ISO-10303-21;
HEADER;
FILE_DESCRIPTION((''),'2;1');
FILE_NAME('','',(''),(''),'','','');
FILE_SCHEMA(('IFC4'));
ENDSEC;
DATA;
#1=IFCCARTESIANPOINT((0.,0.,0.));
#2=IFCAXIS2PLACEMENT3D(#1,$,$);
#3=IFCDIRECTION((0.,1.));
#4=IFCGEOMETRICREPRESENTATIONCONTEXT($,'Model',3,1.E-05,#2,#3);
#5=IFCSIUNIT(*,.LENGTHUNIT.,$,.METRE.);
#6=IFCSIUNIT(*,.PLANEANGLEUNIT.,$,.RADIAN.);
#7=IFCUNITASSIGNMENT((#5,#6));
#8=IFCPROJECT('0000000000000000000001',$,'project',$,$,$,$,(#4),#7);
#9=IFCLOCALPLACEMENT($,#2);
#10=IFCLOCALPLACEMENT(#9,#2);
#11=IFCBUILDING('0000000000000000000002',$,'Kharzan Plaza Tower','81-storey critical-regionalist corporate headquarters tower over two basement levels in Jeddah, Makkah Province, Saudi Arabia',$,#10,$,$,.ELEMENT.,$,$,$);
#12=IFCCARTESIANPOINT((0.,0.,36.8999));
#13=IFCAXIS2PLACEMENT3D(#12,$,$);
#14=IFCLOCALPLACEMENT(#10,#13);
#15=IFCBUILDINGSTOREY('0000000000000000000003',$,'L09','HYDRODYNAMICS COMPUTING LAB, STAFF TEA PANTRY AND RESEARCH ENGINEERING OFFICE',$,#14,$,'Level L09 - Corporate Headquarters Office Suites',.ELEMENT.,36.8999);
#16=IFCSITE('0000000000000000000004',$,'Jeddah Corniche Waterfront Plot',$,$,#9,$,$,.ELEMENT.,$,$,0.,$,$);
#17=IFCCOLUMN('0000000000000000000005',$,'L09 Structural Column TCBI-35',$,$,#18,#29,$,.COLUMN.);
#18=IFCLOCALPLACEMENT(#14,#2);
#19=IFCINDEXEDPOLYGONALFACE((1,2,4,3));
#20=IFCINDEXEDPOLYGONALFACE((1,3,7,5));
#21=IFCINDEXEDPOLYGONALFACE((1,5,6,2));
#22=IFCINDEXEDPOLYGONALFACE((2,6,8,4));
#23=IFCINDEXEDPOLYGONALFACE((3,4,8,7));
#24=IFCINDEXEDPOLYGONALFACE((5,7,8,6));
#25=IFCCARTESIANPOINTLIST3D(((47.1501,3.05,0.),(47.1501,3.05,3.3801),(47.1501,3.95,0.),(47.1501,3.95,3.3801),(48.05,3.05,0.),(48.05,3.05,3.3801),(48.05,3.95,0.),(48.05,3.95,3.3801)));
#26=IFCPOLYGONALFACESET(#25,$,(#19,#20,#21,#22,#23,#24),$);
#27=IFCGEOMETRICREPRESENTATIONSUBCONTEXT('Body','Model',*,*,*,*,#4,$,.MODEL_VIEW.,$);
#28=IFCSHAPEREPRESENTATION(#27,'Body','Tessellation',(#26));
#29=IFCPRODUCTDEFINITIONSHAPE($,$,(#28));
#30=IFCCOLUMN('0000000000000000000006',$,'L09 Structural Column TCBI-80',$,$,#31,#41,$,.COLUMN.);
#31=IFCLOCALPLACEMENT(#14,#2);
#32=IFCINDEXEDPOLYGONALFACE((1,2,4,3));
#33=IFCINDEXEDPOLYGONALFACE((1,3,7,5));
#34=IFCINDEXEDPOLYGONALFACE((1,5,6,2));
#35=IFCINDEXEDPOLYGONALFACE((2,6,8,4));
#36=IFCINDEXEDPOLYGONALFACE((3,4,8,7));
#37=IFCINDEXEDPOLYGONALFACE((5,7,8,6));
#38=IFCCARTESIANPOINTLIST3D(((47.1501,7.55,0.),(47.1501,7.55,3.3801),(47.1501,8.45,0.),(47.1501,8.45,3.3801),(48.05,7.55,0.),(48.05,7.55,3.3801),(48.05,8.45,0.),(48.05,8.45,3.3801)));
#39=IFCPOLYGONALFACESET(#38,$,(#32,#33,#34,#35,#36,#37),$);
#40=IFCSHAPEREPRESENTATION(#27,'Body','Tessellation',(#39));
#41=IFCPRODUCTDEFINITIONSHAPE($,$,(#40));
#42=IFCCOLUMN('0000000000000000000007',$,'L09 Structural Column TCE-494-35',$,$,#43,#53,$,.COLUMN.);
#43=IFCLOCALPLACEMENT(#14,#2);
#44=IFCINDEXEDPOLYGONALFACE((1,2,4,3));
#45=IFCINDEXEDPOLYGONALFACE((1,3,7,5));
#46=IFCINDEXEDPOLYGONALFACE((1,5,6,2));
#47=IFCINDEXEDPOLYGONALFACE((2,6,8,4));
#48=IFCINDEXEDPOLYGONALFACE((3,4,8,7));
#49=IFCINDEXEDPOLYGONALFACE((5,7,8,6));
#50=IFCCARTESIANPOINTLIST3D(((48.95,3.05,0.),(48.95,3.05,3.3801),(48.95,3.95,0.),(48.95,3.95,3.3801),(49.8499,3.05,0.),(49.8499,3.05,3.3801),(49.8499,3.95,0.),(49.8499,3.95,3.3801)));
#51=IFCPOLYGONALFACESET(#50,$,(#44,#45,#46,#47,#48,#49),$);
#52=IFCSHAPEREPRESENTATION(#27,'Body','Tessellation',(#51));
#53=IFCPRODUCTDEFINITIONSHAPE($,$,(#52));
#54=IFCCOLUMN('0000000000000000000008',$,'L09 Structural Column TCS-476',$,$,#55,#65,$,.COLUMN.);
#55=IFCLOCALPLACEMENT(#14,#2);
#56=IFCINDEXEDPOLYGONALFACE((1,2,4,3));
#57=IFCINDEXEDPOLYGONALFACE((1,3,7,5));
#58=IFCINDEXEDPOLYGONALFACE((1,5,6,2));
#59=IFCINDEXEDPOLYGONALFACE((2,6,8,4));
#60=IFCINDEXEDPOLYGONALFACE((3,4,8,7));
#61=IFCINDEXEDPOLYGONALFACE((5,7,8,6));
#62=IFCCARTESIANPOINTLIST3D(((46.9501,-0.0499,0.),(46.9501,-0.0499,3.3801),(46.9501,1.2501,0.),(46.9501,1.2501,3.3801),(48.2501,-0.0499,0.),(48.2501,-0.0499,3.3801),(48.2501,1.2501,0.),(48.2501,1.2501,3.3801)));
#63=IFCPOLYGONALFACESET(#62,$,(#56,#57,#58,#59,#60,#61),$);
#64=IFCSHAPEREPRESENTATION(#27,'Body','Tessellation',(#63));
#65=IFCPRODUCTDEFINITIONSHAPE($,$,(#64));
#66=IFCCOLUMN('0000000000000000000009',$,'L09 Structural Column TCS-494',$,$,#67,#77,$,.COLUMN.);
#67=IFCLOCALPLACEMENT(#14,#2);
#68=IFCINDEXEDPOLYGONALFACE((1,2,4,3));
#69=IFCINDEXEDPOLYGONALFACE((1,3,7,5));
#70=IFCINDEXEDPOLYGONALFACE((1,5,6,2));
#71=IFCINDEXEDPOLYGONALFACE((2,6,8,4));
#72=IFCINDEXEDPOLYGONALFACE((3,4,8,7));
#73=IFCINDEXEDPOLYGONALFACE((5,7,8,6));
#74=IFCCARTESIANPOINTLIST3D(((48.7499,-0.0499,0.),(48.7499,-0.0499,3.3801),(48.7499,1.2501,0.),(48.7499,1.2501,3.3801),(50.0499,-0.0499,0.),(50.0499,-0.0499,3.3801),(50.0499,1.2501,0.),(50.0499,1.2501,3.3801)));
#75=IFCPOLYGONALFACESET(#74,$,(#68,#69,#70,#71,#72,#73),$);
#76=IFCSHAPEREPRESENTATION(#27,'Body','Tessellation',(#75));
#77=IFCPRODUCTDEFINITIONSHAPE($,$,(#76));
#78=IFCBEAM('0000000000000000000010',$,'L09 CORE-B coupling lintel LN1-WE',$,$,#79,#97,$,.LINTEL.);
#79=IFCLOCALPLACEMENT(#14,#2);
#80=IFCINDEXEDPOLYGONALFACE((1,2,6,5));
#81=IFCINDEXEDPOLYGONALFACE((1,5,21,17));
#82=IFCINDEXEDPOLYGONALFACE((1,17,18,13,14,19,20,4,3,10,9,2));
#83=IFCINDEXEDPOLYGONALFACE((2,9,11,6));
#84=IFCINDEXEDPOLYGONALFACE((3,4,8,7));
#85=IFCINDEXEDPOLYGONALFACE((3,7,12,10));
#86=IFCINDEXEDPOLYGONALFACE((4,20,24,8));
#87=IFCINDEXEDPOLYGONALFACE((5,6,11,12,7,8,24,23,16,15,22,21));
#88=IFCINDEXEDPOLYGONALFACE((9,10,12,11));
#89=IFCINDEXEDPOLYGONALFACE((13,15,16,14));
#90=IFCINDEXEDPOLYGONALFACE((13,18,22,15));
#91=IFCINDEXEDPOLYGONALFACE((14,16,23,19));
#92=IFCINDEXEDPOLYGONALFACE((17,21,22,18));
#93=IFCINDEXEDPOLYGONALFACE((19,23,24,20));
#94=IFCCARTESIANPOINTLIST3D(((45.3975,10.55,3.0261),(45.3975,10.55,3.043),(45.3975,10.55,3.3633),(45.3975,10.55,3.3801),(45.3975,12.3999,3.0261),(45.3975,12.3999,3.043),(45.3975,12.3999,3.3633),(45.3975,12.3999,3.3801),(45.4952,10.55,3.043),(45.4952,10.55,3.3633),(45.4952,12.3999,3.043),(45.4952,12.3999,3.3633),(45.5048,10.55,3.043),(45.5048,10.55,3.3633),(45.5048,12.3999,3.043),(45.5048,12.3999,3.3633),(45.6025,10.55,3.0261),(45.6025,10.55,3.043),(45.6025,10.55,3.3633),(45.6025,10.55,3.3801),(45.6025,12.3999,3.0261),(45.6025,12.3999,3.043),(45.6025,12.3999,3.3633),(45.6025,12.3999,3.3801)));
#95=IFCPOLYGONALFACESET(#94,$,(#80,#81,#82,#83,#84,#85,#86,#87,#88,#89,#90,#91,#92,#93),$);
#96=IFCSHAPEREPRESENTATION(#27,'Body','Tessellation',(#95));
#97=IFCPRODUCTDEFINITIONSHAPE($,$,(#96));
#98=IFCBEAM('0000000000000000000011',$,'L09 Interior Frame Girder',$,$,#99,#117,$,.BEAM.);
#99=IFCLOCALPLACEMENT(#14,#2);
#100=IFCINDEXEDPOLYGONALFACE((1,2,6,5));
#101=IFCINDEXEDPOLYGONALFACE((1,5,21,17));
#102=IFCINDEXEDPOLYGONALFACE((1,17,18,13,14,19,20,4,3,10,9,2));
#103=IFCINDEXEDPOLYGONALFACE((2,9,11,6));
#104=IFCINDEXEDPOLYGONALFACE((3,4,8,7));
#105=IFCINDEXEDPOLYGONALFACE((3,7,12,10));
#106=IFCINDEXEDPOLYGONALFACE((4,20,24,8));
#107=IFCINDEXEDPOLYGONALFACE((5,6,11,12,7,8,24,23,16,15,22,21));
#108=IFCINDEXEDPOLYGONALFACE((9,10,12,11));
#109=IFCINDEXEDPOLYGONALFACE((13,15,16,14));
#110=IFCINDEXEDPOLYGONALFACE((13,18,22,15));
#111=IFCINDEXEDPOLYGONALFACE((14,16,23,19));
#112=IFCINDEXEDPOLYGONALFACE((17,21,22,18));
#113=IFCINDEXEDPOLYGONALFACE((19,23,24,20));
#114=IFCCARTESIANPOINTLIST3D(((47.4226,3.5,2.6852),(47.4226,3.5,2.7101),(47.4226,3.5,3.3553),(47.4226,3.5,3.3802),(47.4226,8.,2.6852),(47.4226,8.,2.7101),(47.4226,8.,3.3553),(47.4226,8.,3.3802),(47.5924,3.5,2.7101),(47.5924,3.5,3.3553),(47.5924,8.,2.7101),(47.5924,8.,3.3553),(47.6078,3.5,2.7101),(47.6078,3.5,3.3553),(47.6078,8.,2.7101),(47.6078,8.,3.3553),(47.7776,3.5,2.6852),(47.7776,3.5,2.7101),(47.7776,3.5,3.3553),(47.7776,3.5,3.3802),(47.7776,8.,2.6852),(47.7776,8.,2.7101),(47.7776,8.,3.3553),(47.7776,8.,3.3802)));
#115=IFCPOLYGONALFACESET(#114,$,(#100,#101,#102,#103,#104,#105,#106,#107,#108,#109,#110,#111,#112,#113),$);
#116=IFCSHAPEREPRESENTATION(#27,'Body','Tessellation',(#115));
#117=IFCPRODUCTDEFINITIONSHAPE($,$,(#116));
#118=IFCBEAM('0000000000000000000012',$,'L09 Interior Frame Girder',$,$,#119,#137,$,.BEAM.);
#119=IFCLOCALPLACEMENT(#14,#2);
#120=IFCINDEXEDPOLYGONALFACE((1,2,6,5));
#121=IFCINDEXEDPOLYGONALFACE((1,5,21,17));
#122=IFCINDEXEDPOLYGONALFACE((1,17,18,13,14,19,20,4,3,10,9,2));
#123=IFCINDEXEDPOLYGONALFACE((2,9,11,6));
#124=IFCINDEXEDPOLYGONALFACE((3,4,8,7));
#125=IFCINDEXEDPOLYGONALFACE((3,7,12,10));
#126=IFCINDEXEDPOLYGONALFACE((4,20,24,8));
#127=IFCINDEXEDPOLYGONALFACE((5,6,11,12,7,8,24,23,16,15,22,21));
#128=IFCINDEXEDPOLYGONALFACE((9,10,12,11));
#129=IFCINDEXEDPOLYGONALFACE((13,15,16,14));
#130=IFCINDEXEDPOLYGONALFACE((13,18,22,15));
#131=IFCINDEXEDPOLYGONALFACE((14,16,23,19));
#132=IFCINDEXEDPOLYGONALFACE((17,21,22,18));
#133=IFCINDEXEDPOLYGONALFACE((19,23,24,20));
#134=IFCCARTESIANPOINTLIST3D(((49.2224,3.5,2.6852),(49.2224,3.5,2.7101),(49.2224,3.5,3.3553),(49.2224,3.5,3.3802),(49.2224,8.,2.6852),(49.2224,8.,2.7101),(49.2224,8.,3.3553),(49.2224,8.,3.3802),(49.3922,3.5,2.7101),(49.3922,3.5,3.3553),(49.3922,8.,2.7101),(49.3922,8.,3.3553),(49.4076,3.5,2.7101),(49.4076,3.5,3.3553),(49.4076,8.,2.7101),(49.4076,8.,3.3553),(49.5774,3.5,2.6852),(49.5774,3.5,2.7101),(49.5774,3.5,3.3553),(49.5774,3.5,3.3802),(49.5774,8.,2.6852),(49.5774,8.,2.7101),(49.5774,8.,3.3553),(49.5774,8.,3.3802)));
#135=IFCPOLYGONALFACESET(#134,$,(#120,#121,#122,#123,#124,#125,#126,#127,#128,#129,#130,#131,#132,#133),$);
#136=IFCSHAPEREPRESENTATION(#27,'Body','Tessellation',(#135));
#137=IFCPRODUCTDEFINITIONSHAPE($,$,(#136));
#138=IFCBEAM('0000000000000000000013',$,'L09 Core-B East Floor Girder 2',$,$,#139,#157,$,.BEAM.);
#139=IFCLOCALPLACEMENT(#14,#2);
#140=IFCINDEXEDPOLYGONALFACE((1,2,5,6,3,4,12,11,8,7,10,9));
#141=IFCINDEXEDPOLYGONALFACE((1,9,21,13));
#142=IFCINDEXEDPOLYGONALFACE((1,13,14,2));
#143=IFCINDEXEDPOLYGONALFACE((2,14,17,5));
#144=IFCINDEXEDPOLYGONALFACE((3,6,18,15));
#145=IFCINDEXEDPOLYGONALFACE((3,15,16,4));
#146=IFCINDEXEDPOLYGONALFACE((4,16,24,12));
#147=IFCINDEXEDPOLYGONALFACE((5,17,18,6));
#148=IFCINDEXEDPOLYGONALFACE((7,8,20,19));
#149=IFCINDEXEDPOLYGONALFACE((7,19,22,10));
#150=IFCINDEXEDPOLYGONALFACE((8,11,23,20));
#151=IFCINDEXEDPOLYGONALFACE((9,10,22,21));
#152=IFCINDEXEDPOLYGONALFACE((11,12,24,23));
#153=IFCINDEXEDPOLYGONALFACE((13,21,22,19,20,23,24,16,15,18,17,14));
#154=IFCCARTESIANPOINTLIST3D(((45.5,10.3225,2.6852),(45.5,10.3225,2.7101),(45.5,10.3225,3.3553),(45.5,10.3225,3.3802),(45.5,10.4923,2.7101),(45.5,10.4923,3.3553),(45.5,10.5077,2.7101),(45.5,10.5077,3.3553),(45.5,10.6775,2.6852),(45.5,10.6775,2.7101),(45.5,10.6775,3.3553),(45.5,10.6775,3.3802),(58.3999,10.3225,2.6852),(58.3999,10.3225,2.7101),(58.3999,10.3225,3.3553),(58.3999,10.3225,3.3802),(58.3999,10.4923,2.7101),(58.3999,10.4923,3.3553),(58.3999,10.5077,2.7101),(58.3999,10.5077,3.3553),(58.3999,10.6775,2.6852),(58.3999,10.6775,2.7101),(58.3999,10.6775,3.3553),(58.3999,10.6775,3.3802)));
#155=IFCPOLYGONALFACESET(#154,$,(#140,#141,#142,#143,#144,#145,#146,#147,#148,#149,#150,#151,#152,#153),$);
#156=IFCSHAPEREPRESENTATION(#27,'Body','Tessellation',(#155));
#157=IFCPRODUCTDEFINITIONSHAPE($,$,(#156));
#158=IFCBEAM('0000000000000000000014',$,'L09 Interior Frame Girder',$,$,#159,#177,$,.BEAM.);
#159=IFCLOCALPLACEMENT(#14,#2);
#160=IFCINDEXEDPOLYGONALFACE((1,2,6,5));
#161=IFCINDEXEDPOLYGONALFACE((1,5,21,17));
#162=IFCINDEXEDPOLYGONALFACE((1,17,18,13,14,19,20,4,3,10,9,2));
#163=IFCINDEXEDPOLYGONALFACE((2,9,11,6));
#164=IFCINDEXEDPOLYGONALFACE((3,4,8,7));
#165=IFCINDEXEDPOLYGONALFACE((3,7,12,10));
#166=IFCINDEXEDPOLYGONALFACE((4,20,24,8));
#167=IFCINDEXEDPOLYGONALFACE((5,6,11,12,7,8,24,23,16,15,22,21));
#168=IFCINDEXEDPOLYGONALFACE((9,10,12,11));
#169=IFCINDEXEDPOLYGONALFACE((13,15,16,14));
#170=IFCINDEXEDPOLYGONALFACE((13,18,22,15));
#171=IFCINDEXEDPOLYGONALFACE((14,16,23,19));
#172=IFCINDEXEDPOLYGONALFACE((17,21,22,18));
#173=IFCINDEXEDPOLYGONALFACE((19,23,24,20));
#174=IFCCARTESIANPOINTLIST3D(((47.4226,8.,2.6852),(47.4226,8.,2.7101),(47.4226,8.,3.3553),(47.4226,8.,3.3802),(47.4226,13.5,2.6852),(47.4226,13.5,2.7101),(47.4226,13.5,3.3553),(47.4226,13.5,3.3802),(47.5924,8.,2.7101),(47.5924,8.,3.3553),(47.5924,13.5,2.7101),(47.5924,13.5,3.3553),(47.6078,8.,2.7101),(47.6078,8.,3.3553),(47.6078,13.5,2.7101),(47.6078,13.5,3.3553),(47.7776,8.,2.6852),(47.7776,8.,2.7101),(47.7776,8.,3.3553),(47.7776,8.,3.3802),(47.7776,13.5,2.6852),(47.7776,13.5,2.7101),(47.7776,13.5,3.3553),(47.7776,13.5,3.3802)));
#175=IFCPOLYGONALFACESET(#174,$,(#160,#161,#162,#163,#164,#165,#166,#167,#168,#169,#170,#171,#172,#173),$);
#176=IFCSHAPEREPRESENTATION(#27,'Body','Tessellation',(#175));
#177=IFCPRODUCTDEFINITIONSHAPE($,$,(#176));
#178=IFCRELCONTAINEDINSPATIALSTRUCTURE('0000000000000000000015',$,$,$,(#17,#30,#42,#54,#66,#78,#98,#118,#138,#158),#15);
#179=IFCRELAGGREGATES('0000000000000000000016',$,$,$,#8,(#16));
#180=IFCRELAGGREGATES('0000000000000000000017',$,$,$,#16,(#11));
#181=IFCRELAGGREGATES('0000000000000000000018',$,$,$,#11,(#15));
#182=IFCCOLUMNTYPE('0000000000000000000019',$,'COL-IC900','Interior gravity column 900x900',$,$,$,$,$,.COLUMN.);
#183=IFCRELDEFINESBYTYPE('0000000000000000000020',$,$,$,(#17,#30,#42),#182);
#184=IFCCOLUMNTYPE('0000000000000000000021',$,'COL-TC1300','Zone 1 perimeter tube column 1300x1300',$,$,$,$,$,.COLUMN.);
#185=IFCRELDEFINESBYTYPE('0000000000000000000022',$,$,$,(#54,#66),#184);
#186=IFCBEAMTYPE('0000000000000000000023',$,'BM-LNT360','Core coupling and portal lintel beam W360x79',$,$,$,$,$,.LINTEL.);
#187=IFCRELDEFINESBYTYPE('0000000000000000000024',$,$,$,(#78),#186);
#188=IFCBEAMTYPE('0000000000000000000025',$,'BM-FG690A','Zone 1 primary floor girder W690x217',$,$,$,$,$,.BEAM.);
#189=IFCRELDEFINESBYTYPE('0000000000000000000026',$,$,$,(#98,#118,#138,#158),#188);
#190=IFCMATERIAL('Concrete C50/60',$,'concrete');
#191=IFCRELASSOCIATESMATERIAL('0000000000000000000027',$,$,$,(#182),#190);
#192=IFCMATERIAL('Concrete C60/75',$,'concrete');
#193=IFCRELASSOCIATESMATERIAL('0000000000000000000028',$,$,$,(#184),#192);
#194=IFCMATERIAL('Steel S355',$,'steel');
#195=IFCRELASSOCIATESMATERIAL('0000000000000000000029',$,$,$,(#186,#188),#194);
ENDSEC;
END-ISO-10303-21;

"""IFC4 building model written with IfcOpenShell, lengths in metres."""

from ifc_helpers import new_model, si_unit, direction, frame, origin, origin_2d, place, context, subcontext, project, spatial, rectangle, i_section, extrude, source, transform, mapped, material, material_profile, profile_set, type_object, element, save


model = new_model("IFC4")

# Units and contexts
model_context = context("Model", 3, precision=1e-05, world=origin(), true_north=direction((0.0, 1.0)))
body_context = subcontext(model_context, "Body", "Model", "MODEL_VIEW")
ifc_project = project(units=[si_unit("LENGTHUNIT", "METRE"), si_unit("PLANEANGLEUNIT", "RADIAN")], contexts=[model_context])

# Site, building, storey
site_placement = place(None, origin())
site = spatial("IfcSite", under=ifc_project, at=site_placement, Name="Jeddah Corniche Waterfront Plot", CompositionType="ELEMENT", RefElevation=0.0)
building_placement = place(site_placement, origin())
building = spatial("IfcBuilding", under=site, at=building_placement, Name="Kharzan Plaza Tower", Description="81-storey critical-regionalist corporate headquarters tower over two basement levels in Jeddah, Makkah Province, Saudi Arabia", CompositionType="ELEMENT")
storey_placement = place(building_placement, frame((0.0, 0.0, 36.8999)))
storey = spatial("IfcBuildingStorey", under=building, at=storey_placement, Name="L09", Description="HYDRODYNAMICS COMPUTING LAB, STAFF TEA PANTRY AND RESEARCH ENGINEERING OFFICE", LongName="Level L09 - Corporate Headquarters Office Suites", CompositionType="ELEMENT", Elevation=36.8999)

# Columns
ifc_material_1 = material(Name="Concrete C50/60", Category="concrete")
ifc_material_profile_1 = material_profile(ifc_material_1, rectangle(XDim=0.8999, YDim=0.8999, at=origin_2d()), Name="RC-IC900x900")
ifc_profile_set_1 = profile_set([ifc_material_profile_1], Name="Concrete C50/60")
column_type_1 = type_object("IfcColumnType", Name="COL-IC900", Description="Interior gravity column 900x900", PredefinedType="COLUMN", material=ifc_profile_set_1)
shared_shape_1 = source(origin(), body_context, "Body", "SweptSolid", [
    extrude(rectangle(XDim=0.8999, YDim=0.8999, at=origin_2d()), origin(), (0.0, 0.0, 1.0), 3.3801),
])
for number, where, z_axis, x_axis, name in (
    (1, (47.6001, 3.5, 0.0), (0.0, 0.0, 1.0), (1.0, 0.0, 0.0), "L09 Structural Column TCBI-35"),
    (2, (47.6001, 8.0, 0.0), (0.0, 0.0, 1.0), (1.0, 0.0, 0.0), "L09 Structural Column TCBI-80"),
    (3, (49.3999, 3.5, 0.0), (0.0, 0.0, 1.0), (1.0, 0.0, 0.0), "L09 Structural Column TCE-494-35"),
):
    element("IfcColumn", number, at=place(storey_placement, frame(where, z_axis=z_axis, x_axis=x_axis)), inside=storey, type_object=column_type_1, Name=name, PredefinedType="COLUMN", context=body_context, shape_type="MappedRepresentation", body=[
        mapped(shared_shape_1, transform((0.0, 0.0, 0.0), x_axis=(1.0, 0.0, 0.0), y_axis=(0.0, 1.0, 0.0), z_axis=(0.0, 0.0, 1.0))),
    ])
ifc_material_2 = material(Name="Concrete C60/75", Category="concrete")
ifc_material_profile_2 = material_profile(ifc_material_2, rectangle(XDim=1.3, YDim=1.3, at=origin_2d()), Name="RC-TC1300x1300")
ifc_profile_set_2 = profile_set([ifc_material_profile_2], Name="Concrete C60/75")
column_type_2 = type_object("IfcColumnType", Name="COL-TC1300", Description="Zone 1 perimeter tube column 1300x1300", PredefinedType="COLUMN", material=ifc_profile_set_2)
shared_shape_2 = source(origin(), body_context, "Body", "SweptSolid", [
    extrude(rectangle(XDim=1.3, YDim=1.3, at=origin_2d()), origin(), (0.0, 0.0, 1.0), 3.3801),
])
for number, where, z_axis, x_axis, name in (
    (4, (47.6001, 0.6001, 0.0), (0.0, 0.0, 1.0), (1.0, 0.0, 0.0), "L09 Structural Column TCS-476"),
    (5, (49.3999, 0.6001, 0.0), (0.0, 0.0, 1.0), (1.0, 0.0, 0.0), "L09 Structural Column TCS-494"),
):
    element("IfcColumn", number, at=place(storey_placement, frame(where, z_axis=z_axis, x_axis=x_axis)), inside=storey, type_object=column_type_2, Name=name, PredefinedType="COLUMN", context=body_context, shape_type="MappedRepresentation", body=[
        mapped(shared_shape_2, transform((0.0, 0.0, 0.0), x_axis=(1.0, 0.0, 0.0), y_axis=(0.0, 1.0, 0.0), z_axis=(0.0, 0.0, 1.0))),
    ])

# Beams
ifc_material_3 = material(Name="Steel S355", Category="steel")
ifc_material_profile_3 = material_profile(ifc_material_3, i_section(OverallWidth=0.2051, OverallDepth=0.354, WebThickness=0.0095, FlangeThickness=0.0168, at=origin_2d()), Name="W360x79")
ifc_profile_set_3 = profile_set([ifc_material_profile_3], Name="Steel S355")
beam_type_1 = type_object("IfcBeamType", Name="BM-LNT360", Description="Core coupling and portal lintel beam W360x79", PredefinedType="LINTEL", material=ifc_profile_set_3)
shared_shape_3 = source(origin(), body_context, "Body", "SweptSolid", [
    extrude(i_section(OverallWidth=0.2051, OverallDepth=0.354, WebThickness=0.0095, FlangeThickness=0.0168, at=origin_2d()), origin(), (0.0, 0.0, 1.0), 1.8499),
])
beam_1_placement = place(storey_placement, frame((45.5, 10.55, 3.2031), z_axis=(0.0, 1.0, 0.0), x_axis=(-1.0, 0.0, 0.0)))
element("IfcBeam", 6, at=beam_1_placement, inside=storey, type_object=beam_type_1, Name="L09 CORE-B coupling lintel LN1-WE", PredefinedType="LINTEL", context=body_context, shape_type="MappedRepresentation", body=[
    mapped(shared_shape_3, transform((0.0, 0.0, 0.0), x_axis=(1.0, 0.0, 0.0), y_axis=(0.0, 1.0, 0.0), z_axis=(0.0, 0.0, 1.0))),
])
ifc_material_profile_4 = material_profile(ifc_material_3, i_section(OverallWidth=0.355, OverallDepth=0.6951, WebThickness=0.0154, FlangeThickness=0.0249, at=origin_2d()), Name="W690x217")
ifc_profile_set_4 = profile_set([ifc_material_profile_4], Name="Steel S355")
beam_type_2 = type_object("IfcBeamType", Name="BM-FG690A", Description="Zone 1 primary floor girder W690x217", PredefinedType="BEAM", material=ifc_profile_set_4)
shared_shape_4 = source(origin(), body_context, "Body", "SweptSolid", [
    extrude(i_section(OverallWidth=0.355, OverallDepth=0.6951, WebThickness=0.0154, FlangeThickness=0.0249, at=origin_2d()), origin(), (0.0, 0.0, 1.0), 4.5),
])
for number, where, z_axis, x_axis, name in (
    (7, (47.6001, 3.5, 3.0327), (0.0, 1.0, 0.0), (-1.0, 0.0, 0.0), "L09 Interior Frame Girder"),
    (8, (49.3999, 3.5, 3.0327), (0.0, 1.0, 0.0), (-1.0, 0.0, 0.0), "L09 Interior Frame Girder"),
):
    element("IfcBeam", number, at=place(storey_placement, frame(where, z_axis=z_axis, x_axis=x_axis)), inside=storey, type_object=beam_type_2, Name=name, PredefinedType="BEAM", context=body_context, shape_type="MappedRepresentation", body=[
        mapped(shared_shape_4, transform((0.0, 0.0, 0.0), x_axis=(1.0, 0.0, 0.0), y_axis=(0.0, 1.0, 0.0), z_axis=(0.0, 0.0, 1.0))),
    ])
shared_shape_5 = source(origin(), body_context, "Body", "SweptSolid", [
    extrude(i_section(OverallWidth=0.355, OverallDepth=0.6951, WebThickness=0.0154, FlangeThickness=0.0249, at=origin_2d()), origin(), (0.0, 0.0, 1.0), 12.8999),
])
beam_2_placement = place(storey_placement, frame((45.5, 10.5, 3.0327), z_axis=(1.0, 0.0, 0.0), x_axis=(0.0, 1.0, 0.0)))
element("IfcBeam", 9, at=beam_2_placement, inside=storey, type_object=beam_type_2, Name="L09 Core-B East Floor Girder 2", PredefinedType="BEAM", context=body_context, shape_type="MappedRepresentation", body=[
    mapped(shared_shape_5, transform((0.0, 0.0, 0.0), x_axis=(1.0, 0.0, 0.0), y_axis=(0.0, 1.0, 0.0), z_axis=(0.0, 0.0, 1.0))),
])
shared_shape_6 = source(origin(), body_context, "Body", "SweptSolid", [
    extrude(i_section(OverallWidth=0.355, OverallDepth=0.6951, WebThickness=0.0154, FlangeThickness=0.0249, at=origin_2d()), origin(), (0.0, 0.0, 1.0), 5.5),
])
for number, where, z_axis, x_axis, name in (
    (10, (47.6001, 8.0, 3.0327), (0.0, 1.0, 0.0), (-1.0, 0.0, 0.0), "L09 Interior Frame Girder"),
):
    element("IfcBeam", number, at=place(storey_placement, frame(where, z_axis=z_axis, x_axis=x_axis)), inside=storey, type_object=beam_type_2, Name=name, PredefinedType="BEAM", context=body_context, shape_type="MappedRepresentation", body=[
        mapped(shared_shape_6, transform((0.0, 0.0, 0.0), x_axis=(1.0, 0.0, 0.0), y_axis=(0.0, 1.0, 0.0), z_axis=(0.0, 0.0, 1.0))),
    ])

save(model, "model.ifc")
